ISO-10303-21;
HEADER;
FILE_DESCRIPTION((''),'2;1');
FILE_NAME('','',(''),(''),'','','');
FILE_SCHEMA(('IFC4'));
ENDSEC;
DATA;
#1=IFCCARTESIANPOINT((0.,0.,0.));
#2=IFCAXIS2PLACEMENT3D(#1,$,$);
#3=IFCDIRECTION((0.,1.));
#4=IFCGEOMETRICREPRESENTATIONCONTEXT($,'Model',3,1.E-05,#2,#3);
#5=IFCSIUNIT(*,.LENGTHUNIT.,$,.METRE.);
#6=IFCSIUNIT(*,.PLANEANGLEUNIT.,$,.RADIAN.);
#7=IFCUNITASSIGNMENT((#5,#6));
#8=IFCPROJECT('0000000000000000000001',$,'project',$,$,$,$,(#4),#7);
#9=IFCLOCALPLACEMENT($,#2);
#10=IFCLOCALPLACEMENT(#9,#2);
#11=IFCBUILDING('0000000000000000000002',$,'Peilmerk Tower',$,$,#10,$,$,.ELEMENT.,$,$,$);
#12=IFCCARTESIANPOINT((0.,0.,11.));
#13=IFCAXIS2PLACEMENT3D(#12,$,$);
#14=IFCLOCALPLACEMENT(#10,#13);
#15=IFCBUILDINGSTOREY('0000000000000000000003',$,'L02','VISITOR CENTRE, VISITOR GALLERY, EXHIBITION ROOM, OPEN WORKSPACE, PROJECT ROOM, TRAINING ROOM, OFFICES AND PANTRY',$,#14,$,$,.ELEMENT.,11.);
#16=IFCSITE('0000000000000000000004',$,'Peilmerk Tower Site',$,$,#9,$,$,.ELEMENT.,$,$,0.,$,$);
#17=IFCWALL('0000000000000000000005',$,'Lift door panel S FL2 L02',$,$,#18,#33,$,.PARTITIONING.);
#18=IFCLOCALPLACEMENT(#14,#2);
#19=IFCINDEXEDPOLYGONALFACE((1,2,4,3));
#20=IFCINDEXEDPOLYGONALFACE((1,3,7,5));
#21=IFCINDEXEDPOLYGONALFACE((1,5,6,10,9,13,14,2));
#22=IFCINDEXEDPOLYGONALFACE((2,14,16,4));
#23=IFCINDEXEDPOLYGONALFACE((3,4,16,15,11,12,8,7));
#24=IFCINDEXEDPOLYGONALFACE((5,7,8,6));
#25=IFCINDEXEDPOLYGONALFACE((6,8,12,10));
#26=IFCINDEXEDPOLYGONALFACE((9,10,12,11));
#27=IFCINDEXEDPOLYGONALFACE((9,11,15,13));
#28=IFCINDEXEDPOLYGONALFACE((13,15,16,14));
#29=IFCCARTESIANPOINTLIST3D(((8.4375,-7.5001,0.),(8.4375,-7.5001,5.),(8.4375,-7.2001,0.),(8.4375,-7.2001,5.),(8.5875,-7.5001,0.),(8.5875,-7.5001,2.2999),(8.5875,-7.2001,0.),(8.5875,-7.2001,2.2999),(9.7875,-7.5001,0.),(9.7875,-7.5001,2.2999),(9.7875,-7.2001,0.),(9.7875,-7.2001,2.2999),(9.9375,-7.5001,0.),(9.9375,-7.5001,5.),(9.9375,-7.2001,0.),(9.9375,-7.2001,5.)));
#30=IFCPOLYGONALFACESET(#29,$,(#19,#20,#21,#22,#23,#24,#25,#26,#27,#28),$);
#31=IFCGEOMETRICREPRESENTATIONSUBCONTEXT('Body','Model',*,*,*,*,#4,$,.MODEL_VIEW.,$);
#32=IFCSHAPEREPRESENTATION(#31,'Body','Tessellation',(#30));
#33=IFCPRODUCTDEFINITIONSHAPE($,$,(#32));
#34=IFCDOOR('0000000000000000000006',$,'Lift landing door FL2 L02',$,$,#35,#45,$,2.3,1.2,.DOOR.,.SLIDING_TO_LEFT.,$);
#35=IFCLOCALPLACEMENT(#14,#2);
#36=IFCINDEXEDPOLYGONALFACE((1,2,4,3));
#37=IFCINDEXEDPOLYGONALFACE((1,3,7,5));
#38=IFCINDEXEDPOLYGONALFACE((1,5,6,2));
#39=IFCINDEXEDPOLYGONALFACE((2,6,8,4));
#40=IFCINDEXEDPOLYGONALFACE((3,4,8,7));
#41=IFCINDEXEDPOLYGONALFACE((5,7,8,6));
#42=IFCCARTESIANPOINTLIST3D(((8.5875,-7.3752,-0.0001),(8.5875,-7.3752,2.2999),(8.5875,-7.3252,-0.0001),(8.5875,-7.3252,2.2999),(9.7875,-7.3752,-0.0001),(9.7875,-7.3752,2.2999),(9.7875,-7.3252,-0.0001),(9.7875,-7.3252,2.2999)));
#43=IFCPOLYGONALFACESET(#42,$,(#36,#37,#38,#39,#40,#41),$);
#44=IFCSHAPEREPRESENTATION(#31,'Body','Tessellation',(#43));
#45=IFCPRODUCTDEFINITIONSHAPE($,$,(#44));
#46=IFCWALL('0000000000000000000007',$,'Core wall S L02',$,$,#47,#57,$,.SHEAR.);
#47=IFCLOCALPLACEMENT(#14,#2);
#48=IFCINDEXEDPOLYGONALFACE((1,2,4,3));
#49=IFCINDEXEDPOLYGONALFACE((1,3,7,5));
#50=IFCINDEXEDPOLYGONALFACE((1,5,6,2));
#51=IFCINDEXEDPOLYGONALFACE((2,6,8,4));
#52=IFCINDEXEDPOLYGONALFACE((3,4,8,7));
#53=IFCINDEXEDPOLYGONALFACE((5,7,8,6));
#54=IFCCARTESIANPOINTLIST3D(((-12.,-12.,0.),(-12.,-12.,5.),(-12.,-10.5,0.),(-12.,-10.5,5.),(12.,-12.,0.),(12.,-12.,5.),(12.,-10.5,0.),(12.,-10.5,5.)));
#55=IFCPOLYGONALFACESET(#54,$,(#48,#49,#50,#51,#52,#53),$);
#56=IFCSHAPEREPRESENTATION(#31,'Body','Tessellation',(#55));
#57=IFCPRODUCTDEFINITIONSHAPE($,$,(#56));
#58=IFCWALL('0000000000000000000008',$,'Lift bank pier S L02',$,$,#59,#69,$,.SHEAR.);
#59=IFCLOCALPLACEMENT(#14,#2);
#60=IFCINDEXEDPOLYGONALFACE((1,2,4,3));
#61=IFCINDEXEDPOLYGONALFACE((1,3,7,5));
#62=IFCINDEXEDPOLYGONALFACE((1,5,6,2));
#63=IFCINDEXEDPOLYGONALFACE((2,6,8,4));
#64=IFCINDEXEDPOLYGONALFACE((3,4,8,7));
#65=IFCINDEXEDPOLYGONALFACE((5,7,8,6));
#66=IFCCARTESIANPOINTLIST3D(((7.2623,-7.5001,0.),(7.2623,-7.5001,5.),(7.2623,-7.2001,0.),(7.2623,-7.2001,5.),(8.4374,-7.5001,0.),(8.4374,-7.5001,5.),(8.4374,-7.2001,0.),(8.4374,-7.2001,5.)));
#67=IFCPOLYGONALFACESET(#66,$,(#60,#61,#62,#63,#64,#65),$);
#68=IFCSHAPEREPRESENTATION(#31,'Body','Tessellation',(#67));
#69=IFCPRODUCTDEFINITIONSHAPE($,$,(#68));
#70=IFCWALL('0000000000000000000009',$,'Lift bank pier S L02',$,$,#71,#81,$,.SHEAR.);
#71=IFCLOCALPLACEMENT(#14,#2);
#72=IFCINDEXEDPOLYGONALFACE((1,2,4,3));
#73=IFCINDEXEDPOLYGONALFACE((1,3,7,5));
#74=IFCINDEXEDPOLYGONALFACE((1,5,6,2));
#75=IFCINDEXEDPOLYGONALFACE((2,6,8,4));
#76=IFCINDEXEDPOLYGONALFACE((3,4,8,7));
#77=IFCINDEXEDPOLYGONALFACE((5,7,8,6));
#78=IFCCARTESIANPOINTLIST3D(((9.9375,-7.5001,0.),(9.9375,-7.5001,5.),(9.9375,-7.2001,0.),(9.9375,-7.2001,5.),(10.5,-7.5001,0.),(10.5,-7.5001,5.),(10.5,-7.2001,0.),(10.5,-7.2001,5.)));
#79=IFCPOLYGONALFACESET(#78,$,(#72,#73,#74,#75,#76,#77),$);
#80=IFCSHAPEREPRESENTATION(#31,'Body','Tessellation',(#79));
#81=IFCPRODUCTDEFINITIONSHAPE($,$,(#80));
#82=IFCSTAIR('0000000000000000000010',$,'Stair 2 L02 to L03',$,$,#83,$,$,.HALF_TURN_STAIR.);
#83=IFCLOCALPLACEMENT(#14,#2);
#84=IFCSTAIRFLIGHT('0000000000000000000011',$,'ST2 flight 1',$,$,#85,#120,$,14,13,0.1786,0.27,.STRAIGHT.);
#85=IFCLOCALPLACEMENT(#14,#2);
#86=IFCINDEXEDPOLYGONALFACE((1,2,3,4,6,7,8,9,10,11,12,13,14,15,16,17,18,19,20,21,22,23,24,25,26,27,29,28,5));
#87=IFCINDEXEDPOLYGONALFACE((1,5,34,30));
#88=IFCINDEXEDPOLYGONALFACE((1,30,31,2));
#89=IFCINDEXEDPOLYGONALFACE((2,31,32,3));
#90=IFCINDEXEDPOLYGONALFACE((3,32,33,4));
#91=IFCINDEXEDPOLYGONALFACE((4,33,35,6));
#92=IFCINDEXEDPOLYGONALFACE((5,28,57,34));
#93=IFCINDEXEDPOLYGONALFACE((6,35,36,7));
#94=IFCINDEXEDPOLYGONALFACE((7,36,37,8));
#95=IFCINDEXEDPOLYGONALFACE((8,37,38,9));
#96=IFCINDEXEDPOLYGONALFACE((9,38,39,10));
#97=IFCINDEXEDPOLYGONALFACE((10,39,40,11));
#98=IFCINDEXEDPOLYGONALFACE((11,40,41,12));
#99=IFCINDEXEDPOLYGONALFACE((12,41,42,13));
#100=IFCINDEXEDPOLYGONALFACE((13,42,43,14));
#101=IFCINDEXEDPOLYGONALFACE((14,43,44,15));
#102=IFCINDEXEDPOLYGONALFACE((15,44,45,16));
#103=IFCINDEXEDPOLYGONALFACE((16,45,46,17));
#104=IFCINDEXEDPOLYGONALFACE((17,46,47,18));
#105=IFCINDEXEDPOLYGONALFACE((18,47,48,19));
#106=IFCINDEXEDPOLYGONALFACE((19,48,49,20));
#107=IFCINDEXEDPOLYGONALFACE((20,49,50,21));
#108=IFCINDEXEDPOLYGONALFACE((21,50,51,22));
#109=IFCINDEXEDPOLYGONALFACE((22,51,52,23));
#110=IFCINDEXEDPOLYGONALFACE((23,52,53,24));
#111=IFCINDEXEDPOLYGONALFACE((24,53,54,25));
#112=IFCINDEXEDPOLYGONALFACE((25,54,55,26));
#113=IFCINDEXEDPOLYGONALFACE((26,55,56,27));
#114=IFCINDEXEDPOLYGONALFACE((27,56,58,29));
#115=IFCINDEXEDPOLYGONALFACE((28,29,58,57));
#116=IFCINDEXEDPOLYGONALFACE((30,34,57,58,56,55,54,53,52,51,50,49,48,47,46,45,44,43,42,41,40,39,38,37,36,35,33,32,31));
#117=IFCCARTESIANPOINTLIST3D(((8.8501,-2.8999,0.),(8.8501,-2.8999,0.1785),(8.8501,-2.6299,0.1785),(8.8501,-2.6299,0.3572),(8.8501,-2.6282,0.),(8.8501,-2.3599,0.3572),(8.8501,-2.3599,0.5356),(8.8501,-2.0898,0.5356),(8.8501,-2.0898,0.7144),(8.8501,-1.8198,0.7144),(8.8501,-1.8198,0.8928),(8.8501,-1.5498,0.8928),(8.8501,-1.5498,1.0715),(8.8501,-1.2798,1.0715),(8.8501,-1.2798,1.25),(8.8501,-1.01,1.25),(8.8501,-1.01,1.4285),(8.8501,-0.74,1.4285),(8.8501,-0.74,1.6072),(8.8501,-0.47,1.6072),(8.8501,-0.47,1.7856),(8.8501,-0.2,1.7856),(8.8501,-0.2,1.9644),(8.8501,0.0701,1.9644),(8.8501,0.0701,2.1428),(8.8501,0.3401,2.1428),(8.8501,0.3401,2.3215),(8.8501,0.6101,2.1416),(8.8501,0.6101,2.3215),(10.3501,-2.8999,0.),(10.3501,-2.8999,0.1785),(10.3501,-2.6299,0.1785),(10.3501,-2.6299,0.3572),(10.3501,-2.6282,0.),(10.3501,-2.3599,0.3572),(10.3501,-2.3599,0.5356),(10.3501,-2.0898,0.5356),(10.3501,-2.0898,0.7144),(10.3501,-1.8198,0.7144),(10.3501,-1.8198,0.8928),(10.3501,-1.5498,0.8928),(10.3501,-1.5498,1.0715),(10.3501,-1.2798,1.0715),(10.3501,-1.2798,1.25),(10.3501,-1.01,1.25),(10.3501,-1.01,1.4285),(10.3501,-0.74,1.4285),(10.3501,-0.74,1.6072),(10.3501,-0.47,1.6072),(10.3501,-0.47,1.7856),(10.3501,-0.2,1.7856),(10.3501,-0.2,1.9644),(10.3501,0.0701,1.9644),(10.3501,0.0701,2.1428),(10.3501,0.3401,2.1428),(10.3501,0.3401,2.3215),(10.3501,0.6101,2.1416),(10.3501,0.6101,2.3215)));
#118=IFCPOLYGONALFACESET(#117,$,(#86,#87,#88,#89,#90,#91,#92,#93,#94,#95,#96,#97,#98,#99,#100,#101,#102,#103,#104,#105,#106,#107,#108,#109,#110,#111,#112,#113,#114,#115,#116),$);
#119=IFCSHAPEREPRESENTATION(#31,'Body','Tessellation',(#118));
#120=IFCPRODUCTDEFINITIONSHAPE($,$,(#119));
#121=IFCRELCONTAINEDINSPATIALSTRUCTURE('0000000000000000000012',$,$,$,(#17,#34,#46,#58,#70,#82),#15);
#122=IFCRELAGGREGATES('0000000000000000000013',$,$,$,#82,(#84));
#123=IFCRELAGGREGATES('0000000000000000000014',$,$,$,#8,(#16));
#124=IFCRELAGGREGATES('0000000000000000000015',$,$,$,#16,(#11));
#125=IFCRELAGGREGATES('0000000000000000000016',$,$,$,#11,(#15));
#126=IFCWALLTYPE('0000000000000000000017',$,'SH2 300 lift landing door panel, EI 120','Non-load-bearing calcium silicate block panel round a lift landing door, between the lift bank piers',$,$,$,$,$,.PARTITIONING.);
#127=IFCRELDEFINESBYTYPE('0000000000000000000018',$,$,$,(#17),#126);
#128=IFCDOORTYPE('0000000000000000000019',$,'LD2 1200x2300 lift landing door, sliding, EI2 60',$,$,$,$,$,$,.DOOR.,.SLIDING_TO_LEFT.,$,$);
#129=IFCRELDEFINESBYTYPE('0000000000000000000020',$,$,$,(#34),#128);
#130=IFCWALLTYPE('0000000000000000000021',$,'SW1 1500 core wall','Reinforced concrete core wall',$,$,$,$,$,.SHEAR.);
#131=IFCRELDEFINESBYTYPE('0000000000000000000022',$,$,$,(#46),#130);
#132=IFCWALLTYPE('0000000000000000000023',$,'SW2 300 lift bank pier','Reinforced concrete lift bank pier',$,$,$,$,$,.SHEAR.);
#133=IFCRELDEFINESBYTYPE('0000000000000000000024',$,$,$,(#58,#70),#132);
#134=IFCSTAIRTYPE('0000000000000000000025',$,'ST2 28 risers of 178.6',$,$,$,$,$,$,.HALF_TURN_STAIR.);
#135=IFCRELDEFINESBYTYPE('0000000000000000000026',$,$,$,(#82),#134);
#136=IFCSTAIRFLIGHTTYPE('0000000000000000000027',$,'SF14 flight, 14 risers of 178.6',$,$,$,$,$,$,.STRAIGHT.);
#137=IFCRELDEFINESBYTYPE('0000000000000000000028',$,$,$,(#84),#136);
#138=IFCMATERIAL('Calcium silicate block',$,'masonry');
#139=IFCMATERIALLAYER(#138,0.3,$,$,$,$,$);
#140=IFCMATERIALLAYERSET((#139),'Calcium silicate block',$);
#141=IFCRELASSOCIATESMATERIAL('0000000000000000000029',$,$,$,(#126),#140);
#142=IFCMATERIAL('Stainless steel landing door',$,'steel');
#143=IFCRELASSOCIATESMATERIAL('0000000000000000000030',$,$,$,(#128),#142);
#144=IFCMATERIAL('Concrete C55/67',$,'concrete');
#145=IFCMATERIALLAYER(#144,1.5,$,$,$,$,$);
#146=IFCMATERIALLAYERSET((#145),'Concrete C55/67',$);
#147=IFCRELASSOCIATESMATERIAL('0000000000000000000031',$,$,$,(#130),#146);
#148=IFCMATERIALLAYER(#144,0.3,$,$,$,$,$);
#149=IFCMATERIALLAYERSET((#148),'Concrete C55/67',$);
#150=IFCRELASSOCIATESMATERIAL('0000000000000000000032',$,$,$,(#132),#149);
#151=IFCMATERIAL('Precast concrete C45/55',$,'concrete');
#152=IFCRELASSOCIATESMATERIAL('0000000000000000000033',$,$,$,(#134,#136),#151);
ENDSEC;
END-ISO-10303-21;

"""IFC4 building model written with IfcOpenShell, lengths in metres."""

from ifc_helpers import new_model, si_unit, direction, frame, frame_2d, origin, place, context, subcontext, project, spatial, polyline, rectangle, outline, extrude, material, layer, layer_set, type_object, element, fill, aggregate, save


model = new_model("IFC4")

# Units and contexts
model_context = context("Model", 3, precision=1e-05, world=origin(), true_north=direction((0.0, 1.0)))
body_context = subcontext(model_context, "Body", "Model", "MODEL_VIEW")
ifc_project = project(units=[si_unit("LENGTHUNIT", "METRE"), si_unit("PLANEANGLEUNIT", "RADIAN")], contexts=[model_context])

# Site, building, storey
site_placement = place(None, origin())
site = spatial("IfcSite", under=ifc_project, at=site_placement, Name="Peilmerk Tower Site", CompositionType="ELEMENT", RefElevation=0.0)
building_placement = place(site_placement, origin())
building = spatial("IfcBuilding", under=site, at=building_placement, Name="Peilmerk Tower", CompositionType="ELEMENT")
storey_placement = place(building_placement, frame((0.0, 0.0, 11.0)))
storey = spatial("IfcBuildingStorey", under=building, at=storey_placement, Name="L02", Description="VISITOR CENTRE, VISITOR GALLERY, EXHIBITION ROOM, OPEN WORKSPACE, PROJECT ROOM, TRAINING ROOM, OFFICES AND PANTRY", CompositionType="ELEMENT", Elevation=11.0)

# Shared definitions
ifc_material_1 = material(Name="Calcium silicate block", Category="masonry")

# Wall, opening, door
ifc_layer_1 = layer(ifc_material_1, 0.3)
ifc_layer_set_1 = layer_set([ifc_layer_1], Name="Calcium silicate block")
wall_type_1 = type_object("IfcWallType", Name="SH2 300 lift landing door panel, EI 120", Description="Non-load-bearing calcium silicate block panel round a lift landing door, between the lift bank piers", PredefinedType="PARTITIONING", material=ifc_layer_set_1)
wall_1_placement = place(storey_placement, frame((8.4375, -7.3501, 0.0), z_axis=(0.0, 0.0, 1.0), x_axis=(1.0, 0.0, 0.0)))
wall_1 = element("IfcWall", 1, at=wall_1_placement, inside=storey, type_object=wall_type_1, Name="Lift door panel S FL2 L02", PredefinedType="PARTITIONING", context=body_context, shape_type="SweptSolid", body=[
    extrude(rectangle(XDim=1.5, YDim=0.3, at=frame_2d((0.75, 0.0))), origin(), (0.0, 0.0, 1.0), 5.0),
])
opening_1_placement = place(wall_1_placement, frame((0.1499, 0.0, 0.0)))
opening_1 = element("IfcOpeningElement", 2, at=opening_1_placement, cuts=wall_1, PredefinedType="OPENING", context=body_context, shape_type="SweptSolid", body=[
    extrude(rectangle(XDim=1.2, YDim=2.3, at=frame_2d((0.6001, 1.1499))), frame((0.0, 0.1599, 0.0), z_axis=(0.0, -1.0, 0.0), x_axis=(1.0, 0.0, 0.0)), (0.0, 0.0, 1.0), 0.3201),
])
ifc_material_2 = material(Name="Stainless steel landing door", Category="steel")
door_type_1 = type_object("IfcDoorType", Name="LD2 1200x2300 lift landing door, sliding, EI2 60", OperationType="SLIDING_TO_LEFT", PredefinedType="DOOR", material=ifc_material_2)
door_1_placement = place(opening_1_placement, origin())
door_1 = element("IfcDoor", 3, at=door_1_placement, inside=storey, type_object=door_type_1, Name="Lift landing door FL2 L02", OperationType="SLIDING_TO_LEFT", OverallHeight=2.3, OverallWidth=1.2, PredefinedType="DOOR", context=body_context, shape_type="SweptSolid", body=[
    extrude(rectangle(XDim=1.2, YDim=2.3, at=frame_2d((0.6001, 1.1499))), frame((0.0, 0.0249, 0.0), z_axis=(0.0, -1.0, 0.0), x_axis=(1.0, 0.0, 0.0)), (0.0, 0.0, 1.0), 0.05),
])
fill(opening_1, door_1)

# Walls
ifc_material_3 = material(Name="Concrete C55/67", Category="concrete")
ifc_layer_2 = layer(ifc_material_3, 1.5)
ifc_layer_set_2 = layer_set([ifc_layer_2], Name="Concrete C55/67")
wall_type_2 = type_object("IfcWallType", Name="SW1 1500 core wall", Description="Reinforced concrete core wall", PredefinedType="SHEAR", material=ifc_layer_set_2)
wall_2_placement = place(storey_placement, frame((12.0, -11.25, 0.0), z_axis=(0.0, 0.0, 1.0), x_axis=(-1.0, 0.0, 0.0)))
element("IfcWall", 4, at=wall_2_placement, inside=storey, type_object=wall_type_2, Name="Core wall S L02", PredefinedType="SHEAR", context=body_context, shape_type="SweptSolid", body=[
    extrude(rectangle(XDim=24.0, YDim=1.5, at=frame_2d((12.0, 0.0))), origin(), (0.0, 0.0, 1.0), 5.0),
])
ifc_layer_3 = layer(ifc_material_3, 0.3)
ifc_layer_set_3 = layer_set([ifc_layer_3], Name="Concrete C55/67")
wall_type_3 = type_object("IfcWallType", Name="SW2 300 lift bank pier", Description="Reinforced concrete lift bank pier", PredefinedType="SHEAR", material=ifc_layer_set_3)
wall_3_placement = place(storey_placement, frame((7.2625, -7.3501, 0.0), z_axis=(0.0, 0.0, 1.0), x_axis=(1.0, 0.0, 0.0)))
element("IfcWall", 5, at=wall_3_placement, inside=storey, type_object=wall_type_3, Name="Lift bank pier S L02", PredefinedType="SHEAR", context=body_context, shape_type="SweptSolid", body=[
    extrude(rectangle(XDim=1.175, YDim=0.3, at=frame_2d((0.5874, 0.0))), origin(), (0.0, 0.0, 1.0), 5.0),
])
wall_4_placement = place(storey_placement, frame((9.9375, -7.3501, 0.0), z_axis=(0.0, 0.0, 1.0), x_axis=(1.0, 0.0, 0.0)))
element("IfcWall", 6, at=wall_4_placement, inside=storey, type_object=wall_type_3, Name="Lift bank pier S L02", PredefinedType="SHEAR", context=body_context, shape_type="SweptSolid", body=[
    extrude(rectangle(XDim=0.5625, YDim=0.3, at=frame_2d((0.2812, 0.0))), origin(), (0.0, 0.0, 1.0), 5.0),
])

# Stair, stair flight
ifc_material_4 = material(Name="Precast concrete C45/55", Category="concrete")
stair_type = type_object("IfcStairType", Name="ST2 28 risers of 178.6", PredefinedType="HALF_TURN_STAIR", material=ifc_material_4)
stair_placement = place(storey_placement, origin())
stair = element("IfcStair", 7, at=stair_placement, inside=storey, type_object=stair_type, Name="Stair 2 L02 to L03", PredefinedType="HALF_TURN_STAIR")
stair_flight_type = type_object("IfcStairFlightType", Name="SF14 flight, 14 risers of 178.6", PredefinedType="STRAIGHT", material=ifc_material_4)
stair_flight_placement = place(storey_placement, frame((9.6001, -2.8999, 0.0), z_axis=(0.0, 0.0, 1.0), x_axis=(0.0, 1.0, 0.0)))
stair_flight = element("IfcStairFlight", 8, at=stair_flight_placement, type_object=stair_flight_type, Name="ST2 flight 1", NumberOfRisers=14, NumberOfTreads=13, PredefinedType="STRAIGHT", RiserHeight=0.1786, TreadLength=0.27, context=body_context, shape_type="SweptSolid", body=[
    extrude(outline(polyline([(0.0, 0.0), (0.0, 0.1785), (0.27, 0.1785), (0.27, 0.3572), (0.54, 0.3572), (0.54, 0.5356), (0.8101, 0.5356), (0.8101, 0.7144), (1.0801, 0.7144), (1.0801, 0.8928), (1.3501, 0.8928), (1.3501, 1.0715), (1.6201, 1.0715), (1.6201, 1.25), (1.8899, 1.25), (1.8899, 1.4285), (2.1599, 1.4285), (2.1599, 1.6072), (2.4299, 1.6072), (2.4299, 1.7856), (2.7, 1.7856), (2.7, 1.9644), (2.97, 1.9644), (2.97, 2.1428), (3.24, 2.1428), (3.24, 2.3215), (3.51, 2.3215), (3.51, 2.5), (3.51, 2.1416), (0.2717, 0.0), (0.0, 0.0)])), frame((0.0, 0.75, 0.0), z_axis=(0.0, -1.0, 0.0), x_axis=(1.0, 0.0, 0.0)), (0.0, 0.0, 1.0), 1.5),
])
aggregate(stair, [stair_flight])

save(model, "model.ifc")
